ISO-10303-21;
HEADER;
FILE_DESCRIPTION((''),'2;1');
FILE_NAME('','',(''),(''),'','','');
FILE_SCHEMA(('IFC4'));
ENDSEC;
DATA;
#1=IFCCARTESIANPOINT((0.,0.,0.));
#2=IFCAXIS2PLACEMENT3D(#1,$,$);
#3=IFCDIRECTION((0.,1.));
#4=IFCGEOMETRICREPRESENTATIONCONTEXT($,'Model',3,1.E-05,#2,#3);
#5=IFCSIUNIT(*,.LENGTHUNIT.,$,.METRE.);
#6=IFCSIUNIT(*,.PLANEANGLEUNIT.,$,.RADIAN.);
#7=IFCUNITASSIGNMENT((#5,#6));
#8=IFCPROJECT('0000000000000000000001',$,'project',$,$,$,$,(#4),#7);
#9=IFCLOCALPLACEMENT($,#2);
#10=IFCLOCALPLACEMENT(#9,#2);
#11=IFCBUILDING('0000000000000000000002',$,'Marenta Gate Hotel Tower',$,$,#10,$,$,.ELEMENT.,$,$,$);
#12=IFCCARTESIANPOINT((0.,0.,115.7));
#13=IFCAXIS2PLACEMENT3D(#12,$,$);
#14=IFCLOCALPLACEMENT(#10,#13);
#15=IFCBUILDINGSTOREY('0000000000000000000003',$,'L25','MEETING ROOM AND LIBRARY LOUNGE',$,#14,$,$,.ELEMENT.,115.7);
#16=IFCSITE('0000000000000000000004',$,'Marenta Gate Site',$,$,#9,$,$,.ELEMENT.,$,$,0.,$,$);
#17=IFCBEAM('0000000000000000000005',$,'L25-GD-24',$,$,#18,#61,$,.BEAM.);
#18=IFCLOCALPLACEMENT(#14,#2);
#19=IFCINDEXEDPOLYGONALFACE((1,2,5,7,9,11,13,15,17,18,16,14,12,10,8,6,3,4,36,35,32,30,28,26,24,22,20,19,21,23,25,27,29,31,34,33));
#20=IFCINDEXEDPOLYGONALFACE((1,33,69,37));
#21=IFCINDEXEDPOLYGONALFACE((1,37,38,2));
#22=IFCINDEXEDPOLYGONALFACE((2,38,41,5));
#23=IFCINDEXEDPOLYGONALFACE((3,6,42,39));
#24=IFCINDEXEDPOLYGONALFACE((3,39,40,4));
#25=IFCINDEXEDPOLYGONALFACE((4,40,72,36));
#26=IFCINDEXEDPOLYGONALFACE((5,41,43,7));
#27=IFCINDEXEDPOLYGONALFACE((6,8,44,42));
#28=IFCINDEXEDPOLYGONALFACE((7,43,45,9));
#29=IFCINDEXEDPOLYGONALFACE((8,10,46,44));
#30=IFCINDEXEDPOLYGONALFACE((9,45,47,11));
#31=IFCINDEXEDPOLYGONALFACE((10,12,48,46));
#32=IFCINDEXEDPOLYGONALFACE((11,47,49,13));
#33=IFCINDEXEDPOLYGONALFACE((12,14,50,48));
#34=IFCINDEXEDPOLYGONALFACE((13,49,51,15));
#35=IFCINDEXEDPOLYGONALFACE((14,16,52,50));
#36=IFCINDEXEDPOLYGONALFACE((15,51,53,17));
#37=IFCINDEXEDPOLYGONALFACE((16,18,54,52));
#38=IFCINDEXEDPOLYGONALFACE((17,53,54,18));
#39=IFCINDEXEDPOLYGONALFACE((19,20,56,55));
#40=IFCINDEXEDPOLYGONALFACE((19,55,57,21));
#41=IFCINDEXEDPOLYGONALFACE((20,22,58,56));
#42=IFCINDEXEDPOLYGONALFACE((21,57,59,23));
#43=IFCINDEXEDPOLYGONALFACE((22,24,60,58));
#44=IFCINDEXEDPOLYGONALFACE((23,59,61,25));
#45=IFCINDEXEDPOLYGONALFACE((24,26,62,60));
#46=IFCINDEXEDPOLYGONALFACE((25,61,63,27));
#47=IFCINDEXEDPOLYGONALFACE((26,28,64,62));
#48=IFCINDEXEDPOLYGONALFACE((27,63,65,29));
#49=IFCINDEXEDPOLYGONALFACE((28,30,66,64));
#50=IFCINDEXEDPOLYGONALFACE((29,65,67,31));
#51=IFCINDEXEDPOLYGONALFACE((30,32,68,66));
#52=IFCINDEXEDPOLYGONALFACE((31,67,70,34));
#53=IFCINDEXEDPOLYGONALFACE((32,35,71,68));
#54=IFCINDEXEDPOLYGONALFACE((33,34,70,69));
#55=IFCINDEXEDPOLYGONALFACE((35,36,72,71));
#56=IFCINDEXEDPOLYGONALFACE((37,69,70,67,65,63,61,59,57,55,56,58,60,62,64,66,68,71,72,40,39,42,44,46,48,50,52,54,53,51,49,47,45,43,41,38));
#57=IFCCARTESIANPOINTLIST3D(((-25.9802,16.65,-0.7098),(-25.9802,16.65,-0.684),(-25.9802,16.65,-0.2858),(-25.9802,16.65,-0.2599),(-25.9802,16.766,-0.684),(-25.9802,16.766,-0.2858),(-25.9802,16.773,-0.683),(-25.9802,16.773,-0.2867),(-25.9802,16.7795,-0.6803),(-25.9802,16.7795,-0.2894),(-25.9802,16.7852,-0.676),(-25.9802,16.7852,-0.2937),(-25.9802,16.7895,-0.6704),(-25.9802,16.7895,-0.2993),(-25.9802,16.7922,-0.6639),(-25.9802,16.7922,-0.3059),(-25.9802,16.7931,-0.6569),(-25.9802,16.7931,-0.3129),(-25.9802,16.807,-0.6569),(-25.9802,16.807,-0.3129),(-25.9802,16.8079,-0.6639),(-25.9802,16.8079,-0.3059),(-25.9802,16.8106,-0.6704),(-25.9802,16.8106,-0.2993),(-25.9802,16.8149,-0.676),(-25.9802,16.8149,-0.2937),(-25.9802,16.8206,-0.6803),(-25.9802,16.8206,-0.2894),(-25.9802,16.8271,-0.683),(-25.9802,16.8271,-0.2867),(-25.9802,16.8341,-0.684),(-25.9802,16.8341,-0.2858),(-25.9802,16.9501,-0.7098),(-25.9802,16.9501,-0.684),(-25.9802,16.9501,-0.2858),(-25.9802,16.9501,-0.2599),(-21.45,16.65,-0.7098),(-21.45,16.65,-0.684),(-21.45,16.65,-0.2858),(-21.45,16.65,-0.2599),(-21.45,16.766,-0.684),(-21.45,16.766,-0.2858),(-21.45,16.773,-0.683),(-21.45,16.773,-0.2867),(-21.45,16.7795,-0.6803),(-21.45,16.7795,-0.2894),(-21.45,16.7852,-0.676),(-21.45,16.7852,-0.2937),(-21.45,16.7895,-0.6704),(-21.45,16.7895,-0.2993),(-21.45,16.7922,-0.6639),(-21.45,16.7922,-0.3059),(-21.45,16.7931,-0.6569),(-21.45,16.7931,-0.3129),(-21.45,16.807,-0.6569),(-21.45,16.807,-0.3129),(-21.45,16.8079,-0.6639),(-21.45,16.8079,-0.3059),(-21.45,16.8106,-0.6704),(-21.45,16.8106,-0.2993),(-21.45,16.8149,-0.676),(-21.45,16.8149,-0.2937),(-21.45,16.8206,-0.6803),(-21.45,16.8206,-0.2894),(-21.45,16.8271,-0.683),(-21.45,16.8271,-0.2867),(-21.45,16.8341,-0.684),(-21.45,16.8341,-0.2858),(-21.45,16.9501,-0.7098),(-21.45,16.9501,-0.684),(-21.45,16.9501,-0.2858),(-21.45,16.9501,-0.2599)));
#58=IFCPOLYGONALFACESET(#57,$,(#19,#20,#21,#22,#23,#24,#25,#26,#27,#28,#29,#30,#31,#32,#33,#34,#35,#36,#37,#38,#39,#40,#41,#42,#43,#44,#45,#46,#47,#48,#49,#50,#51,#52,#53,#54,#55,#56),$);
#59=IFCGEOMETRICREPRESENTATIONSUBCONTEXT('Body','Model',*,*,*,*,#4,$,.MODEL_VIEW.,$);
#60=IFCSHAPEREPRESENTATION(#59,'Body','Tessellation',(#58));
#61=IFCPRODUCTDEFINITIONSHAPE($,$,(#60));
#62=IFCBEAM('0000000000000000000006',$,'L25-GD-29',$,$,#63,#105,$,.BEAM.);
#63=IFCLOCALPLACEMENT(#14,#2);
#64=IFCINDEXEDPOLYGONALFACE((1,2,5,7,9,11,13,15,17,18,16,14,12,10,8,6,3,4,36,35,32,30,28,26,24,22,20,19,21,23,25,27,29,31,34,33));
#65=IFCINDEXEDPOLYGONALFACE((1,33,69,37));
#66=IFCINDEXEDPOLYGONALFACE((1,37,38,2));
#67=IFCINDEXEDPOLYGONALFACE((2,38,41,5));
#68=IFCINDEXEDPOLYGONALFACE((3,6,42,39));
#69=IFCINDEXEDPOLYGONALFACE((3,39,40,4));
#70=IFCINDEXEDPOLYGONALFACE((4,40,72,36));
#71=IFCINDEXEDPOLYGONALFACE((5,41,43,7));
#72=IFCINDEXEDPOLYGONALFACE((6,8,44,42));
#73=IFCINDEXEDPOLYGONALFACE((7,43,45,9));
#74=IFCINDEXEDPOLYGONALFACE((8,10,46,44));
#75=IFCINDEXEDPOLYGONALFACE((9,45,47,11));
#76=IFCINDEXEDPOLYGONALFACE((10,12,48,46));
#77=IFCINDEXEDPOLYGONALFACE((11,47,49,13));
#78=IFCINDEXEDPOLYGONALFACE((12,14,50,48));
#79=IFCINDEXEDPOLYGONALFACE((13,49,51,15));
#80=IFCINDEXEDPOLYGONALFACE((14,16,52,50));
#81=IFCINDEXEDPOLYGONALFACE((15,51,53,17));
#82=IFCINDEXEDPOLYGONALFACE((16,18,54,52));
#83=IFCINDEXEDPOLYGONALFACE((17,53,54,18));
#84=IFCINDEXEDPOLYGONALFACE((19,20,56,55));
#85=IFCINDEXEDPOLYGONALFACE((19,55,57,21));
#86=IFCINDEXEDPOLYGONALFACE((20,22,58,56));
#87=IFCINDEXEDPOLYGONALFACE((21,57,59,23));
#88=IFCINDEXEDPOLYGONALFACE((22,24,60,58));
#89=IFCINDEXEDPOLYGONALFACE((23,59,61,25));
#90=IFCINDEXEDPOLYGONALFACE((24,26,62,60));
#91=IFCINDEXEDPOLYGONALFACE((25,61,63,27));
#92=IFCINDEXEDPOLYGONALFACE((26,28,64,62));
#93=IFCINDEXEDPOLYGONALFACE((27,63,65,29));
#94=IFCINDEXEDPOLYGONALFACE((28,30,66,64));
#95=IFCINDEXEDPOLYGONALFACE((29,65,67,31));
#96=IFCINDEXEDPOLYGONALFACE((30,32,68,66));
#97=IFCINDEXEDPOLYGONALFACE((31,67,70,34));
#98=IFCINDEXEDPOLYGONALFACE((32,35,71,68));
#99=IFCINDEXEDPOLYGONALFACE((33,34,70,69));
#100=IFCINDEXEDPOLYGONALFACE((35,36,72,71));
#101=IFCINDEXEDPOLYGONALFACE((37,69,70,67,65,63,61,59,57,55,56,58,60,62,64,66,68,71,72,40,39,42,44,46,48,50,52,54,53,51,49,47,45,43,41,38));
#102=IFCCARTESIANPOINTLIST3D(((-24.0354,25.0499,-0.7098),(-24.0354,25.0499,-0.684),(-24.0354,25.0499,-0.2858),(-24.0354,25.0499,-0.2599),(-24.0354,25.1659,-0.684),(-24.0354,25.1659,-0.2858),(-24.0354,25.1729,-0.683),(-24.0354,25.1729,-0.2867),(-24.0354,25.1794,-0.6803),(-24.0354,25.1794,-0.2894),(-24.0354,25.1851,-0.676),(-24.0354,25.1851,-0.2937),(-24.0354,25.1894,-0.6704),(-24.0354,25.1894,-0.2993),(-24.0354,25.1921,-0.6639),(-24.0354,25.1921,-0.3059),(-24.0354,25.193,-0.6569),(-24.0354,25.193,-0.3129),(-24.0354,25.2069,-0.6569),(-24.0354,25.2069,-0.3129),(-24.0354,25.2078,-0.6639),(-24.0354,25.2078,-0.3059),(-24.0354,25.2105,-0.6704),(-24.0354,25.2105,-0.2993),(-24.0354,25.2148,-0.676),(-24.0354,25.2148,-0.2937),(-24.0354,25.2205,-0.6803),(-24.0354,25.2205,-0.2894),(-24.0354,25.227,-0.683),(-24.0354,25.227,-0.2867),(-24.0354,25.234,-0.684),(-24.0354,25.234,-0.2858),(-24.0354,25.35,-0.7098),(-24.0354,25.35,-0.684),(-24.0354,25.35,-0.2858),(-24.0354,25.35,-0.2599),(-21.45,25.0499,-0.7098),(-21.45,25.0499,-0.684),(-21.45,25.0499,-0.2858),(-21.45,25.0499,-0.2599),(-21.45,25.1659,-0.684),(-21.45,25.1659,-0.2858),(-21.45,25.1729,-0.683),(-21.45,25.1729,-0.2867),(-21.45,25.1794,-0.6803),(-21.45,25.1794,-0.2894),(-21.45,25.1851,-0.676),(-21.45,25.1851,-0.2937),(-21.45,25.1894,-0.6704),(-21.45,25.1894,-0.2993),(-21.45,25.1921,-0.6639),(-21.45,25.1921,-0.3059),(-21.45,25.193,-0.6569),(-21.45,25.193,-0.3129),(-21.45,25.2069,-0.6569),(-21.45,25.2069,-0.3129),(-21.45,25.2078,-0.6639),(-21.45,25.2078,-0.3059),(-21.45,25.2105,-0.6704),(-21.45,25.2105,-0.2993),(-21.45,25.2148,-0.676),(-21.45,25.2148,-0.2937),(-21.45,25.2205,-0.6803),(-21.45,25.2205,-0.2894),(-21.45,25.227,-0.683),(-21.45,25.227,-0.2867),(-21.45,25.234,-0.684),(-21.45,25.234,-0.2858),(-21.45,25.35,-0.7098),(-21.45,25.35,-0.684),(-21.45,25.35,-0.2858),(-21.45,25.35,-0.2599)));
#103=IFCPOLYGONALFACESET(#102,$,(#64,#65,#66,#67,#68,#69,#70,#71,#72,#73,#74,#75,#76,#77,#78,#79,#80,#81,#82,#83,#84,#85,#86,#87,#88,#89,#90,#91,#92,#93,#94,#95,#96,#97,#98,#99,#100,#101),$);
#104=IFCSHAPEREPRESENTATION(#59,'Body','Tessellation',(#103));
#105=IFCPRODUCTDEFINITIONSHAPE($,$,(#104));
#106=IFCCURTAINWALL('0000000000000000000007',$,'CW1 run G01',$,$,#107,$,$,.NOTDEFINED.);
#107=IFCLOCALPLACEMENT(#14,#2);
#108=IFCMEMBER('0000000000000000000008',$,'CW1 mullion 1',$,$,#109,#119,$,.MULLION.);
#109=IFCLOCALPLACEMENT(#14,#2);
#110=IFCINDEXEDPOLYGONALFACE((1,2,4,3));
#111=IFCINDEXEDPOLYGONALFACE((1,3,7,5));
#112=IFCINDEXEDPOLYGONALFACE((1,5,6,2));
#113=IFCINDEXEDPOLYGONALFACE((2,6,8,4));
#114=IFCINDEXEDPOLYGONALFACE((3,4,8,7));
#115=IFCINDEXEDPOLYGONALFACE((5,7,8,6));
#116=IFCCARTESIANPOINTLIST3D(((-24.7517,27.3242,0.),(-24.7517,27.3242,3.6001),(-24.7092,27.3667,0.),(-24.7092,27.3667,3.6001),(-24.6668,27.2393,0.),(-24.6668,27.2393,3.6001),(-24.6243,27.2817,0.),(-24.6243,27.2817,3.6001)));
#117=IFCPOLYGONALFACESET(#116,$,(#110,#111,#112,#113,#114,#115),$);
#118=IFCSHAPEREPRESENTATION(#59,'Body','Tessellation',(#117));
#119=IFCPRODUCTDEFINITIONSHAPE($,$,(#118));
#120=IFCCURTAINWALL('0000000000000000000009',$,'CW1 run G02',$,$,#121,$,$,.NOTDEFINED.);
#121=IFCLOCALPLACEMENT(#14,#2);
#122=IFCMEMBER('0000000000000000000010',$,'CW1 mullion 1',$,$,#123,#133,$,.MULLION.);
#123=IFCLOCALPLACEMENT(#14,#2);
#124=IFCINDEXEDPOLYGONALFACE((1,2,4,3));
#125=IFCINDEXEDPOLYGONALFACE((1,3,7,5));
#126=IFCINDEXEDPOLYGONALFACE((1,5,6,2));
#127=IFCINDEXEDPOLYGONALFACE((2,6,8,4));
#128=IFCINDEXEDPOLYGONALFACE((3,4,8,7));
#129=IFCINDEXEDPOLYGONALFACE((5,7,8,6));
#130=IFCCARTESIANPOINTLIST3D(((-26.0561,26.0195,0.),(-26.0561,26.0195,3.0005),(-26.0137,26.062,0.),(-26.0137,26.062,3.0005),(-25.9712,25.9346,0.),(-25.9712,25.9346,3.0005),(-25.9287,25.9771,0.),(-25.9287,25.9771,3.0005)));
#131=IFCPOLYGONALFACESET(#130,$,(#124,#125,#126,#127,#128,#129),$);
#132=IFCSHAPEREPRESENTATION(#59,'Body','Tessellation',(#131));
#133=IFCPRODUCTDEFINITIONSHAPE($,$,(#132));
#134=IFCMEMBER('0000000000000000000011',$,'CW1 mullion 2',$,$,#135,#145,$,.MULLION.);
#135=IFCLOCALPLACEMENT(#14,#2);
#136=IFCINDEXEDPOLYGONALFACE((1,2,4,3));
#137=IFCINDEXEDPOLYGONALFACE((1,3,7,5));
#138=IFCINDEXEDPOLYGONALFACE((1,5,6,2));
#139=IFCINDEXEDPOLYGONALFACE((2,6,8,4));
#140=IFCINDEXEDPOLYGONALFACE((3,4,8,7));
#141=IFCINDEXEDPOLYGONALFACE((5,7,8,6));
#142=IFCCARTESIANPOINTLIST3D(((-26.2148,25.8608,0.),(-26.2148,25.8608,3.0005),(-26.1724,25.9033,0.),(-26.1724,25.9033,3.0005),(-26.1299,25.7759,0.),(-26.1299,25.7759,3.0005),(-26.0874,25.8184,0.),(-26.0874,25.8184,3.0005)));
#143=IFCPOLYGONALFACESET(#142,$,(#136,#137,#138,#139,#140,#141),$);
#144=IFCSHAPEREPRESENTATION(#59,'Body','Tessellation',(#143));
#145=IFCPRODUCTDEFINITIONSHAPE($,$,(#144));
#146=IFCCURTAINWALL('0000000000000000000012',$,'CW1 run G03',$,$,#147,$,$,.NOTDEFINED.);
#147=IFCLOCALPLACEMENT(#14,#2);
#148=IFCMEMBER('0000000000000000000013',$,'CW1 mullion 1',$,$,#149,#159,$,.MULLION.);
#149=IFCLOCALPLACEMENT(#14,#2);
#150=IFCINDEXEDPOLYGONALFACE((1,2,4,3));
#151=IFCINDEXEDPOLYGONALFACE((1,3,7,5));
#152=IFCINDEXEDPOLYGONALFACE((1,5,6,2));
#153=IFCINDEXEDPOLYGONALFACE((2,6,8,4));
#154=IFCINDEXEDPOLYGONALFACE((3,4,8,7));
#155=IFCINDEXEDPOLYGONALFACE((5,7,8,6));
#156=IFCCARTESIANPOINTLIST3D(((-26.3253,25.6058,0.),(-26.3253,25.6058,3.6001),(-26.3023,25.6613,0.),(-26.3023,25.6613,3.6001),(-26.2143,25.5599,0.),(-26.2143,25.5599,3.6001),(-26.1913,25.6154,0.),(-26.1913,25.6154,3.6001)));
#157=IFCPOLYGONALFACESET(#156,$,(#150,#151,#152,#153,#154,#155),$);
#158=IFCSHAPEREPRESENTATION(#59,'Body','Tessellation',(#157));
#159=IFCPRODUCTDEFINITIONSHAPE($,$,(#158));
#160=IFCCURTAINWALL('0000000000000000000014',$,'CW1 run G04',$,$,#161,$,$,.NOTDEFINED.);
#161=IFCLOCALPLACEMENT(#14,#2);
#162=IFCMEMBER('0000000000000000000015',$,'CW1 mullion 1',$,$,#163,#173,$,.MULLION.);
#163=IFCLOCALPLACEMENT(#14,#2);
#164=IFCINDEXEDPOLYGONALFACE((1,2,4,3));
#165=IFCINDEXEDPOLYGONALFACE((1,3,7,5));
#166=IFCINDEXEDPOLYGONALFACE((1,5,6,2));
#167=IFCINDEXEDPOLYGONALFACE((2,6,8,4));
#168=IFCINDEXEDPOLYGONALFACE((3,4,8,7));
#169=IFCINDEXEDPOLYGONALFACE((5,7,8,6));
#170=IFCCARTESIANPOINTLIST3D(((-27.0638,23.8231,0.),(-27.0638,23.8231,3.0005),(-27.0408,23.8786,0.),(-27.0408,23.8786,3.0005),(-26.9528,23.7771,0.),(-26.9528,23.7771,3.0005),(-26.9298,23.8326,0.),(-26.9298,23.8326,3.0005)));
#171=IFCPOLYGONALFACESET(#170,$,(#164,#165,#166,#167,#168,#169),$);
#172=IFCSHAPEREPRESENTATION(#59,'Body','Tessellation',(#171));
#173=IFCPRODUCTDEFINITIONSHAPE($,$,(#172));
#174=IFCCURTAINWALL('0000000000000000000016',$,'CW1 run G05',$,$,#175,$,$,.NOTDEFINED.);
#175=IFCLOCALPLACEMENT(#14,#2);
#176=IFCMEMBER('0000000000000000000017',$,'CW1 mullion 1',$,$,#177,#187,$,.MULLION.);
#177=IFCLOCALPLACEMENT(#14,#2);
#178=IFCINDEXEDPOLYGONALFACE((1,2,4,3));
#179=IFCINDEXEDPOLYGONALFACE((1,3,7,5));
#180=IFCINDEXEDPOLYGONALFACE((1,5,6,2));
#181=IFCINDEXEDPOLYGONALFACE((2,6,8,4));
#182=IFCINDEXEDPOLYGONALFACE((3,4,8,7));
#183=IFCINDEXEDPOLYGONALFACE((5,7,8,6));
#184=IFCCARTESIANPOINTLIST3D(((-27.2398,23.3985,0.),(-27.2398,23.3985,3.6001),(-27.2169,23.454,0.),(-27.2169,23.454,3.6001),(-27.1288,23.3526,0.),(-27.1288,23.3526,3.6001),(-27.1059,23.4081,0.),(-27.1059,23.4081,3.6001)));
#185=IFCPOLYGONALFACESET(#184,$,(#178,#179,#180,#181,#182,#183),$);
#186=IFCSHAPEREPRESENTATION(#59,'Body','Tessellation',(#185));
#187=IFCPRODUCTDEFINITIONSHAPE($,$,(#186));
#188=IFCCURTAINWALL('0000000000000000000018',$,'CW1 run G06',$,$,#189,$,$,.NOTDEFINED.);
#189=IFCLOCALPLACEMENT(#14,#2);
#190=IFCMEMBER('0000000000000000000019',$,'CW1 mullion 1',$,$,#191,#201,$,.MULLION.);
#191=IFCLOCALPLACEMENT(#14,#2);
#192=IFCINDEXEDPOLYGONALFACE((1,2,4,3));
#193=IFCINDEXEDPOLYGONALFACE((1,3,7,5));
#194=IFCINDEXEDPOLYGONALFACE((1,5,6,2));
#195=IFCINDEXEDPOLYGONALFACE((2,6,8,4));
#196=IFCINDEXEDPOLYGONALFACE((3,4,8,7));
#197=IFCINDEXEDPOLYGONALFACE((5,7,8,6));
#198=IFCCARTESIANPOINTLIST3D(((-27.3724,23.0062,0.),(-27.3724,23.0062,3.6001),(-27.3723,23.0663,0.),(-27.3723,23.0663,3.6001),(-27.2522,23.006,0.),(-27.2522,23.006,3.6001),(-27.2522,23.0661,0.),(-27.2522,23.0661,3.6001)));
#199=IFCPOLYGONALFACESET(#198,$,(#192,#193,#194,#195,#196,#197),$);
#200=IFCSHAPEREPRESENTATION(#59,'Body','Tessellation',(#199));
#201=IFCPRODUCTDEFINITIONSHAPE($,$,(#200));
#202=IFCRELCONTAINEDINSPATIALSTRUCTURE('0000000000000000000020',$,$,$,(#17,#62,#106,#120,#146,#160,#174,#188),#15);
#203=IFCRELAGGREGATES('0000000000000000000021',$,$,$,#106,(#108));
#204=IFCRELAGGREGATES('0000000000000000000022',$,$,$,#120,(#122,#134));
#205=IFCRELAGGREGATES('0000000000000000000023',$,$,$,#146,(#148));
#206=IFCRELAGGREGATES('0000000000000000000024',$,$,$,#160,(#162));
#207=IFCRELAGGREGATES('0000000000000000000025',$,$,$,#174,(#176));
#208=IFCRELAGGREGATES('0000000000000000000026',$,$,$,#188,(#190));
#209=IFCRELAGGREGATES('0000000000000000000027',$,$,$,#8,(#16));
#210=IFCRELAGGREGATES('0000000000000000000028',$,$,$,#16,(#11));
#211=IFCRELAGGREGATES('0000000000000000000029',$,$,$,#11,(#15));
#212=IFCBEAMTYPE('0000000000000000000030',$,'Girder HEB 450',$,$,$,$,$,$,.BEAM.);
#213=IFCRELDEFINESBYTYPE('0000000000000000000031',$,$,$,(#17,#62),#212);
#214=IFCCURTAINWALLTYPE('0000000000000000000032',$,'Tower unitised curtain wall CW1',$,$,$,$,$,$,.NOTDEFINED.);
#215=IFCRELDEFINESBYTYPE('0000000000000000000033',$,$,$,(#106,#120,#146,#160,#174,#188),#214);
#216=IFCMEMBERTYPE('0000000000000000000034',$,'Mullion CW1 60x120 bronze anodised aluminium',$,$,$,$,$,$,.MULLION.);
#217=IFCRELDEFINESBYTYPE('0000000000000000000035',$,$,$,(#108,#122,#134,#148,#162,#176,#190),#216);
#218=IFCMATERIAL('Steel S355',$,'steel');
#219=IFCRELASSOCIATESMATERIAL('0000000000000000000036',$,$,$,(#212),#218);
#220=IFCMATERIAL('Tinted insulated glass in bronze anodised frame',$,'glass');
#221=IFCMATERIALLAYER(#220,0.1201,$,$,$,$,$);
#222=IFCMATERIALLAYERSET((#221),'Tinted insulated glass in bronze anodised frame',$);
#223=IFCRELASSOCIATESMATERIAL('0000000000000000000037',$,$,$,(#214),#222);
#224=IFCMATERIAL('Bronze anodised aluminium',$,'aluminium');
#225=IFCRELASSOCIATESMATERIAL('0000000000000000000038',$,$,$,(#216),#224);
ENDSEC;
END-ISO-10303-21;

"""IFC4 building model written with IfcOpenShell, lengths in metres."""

from ifc_helpers import new_model, si_unit, direction, frame, origin, origin_2d, place, context, subcontext, project, spatial, rectangle, i_section, extrude, material, layer, layer_set, material_profile, profile_set, type_object, element, aggregate, save


model = new_model("IFC4")

# Units and contexts
model_context = context("Model", 3, precision=1e-05, world=origin(), true_north=direction((0.0, 1.0)))
body_context = subcontext(model_context, "Body", "Model", "MODEL_VIEW")
ifc_project = project(units=[si_unit("LENGTHUNIT", "METRE"), si_unit("PLANEANGLEUNIT", "RADIAN")], contexts=[model_context])

# Site, building, storey
site_placement = place(None, origin())
site = spatial("IfcSite", under=ifc_project, at=site_placement, Name="Marenta Gate Site", CompositionType="ELEMENT", RefElevation=0.0)
building_placement = place(site_placement, origin())
building = spatial("IfcBuilding", under=site, at=building_placement, Name="Marenta Gate Hotel Tower", CompositionType="ELEMENT")
storey_placement = place(building_placement, frame((0.0, 0.0, 115.7)))
storey = spatial("IfcBuildingStorey", under=building, at=storey_placement, Name="L25", Description="MEETING ROOM AND LIBRARY LOUNGE", CompositionType="ELEMENT", Elevation=115.7)

# Beams
ifc_material_1 = material(Name="Steel S355", Category="steel")
ifc_material_profile_1 = material_profile(ifc_material_1, i_section(OverallWidth=0.3, OverallDepth=0.45, WebThickness=0.0139, FlangeThickness=0.0259, FilletRadius=0.0271, at=origin_2d()), Name="HEB 450")
ifc_profile_set_1 = profile_set([ifc_material_profile_1], Name="Steel S355")
beam_type_1 = type_object("IfcBeamType", Name="Girder HEB 450", PredefinedType="BEAM", material=ifc_profile_set_1)
beam_1_placement = place(storey_placement, frame((-25.9802, 16.8, -0.4849), z_axis=(1.0, 0.0, 0.0), x_axis=(0.0, 1.0, 0.0)))
element("IfcBeam", 1, at=beam_1_placement, inside=storey, type_object=beam_type_1, Name="L25-GD-24", PredefinedType="BEAM", context=body_context, shape_type="SweptSolid", body=[
    extrude(i_section(OverallWidth=0.3, OverallDepth=0.45, WebThickness=0.0139, FlangeThickness=0.0259, FilletRadius=0.0271, at=origin_2d()), origin(), (0.0, 0.0, 1.0), 4.5303),
])
beam_2_placement = place(storey_placement, frame((-24.0354, 25.2, -0.4849), z_axis=(1.0, 0.0, 0.0), x_axis=(0.0, 1.0, 0.0)))
element("IfcBeam", 2, at=beam_2_placement, inside=storey, type_object=beam_type_1, Name="L25-GD-29", PredefinedType="BEAM", context=body_context, shape_type="SweptSolid", body=[
    extrude(i_section(OverallWidth=0.3, OverallDepth=0.45, WebThickness=0.0139, FlangeThickness=0.0259, FilletRadius=0.0271, at=origin_2d()), origin(), (0.0, 0.0, 1.0), 2.5854),
])

# Curtain wall, member
ifc_material_2 = material(Name="Tinted insulated glass in bronze anodised frame", Category="glass")
ifc_layer_1 = layer(ifc_material_2, 0.1201)
ifc_layer_set_1 = layer_set([ifc_layer_1], Name="Tinted insulated glass in bronze anodised frame")
curtain_wall_type = type_object("IfcCurtainWallType", Name="Tower unitised curtain wall CW1", PredefinedType="NOTDEFINED", material=ifc_layer_set_1)
curtain_wall_1_placement = place(storey_placement, origin())
curtain_wall_1 = element("IfcCurtainWall", 3, at=curtain_wall_1_placement, inside=storey, type_object=curtain_wall_type, Name="CW1 run G01", PredefinedType="NOTDEFINED")
ifc_material_3 = material(Name="Bronze anodised aluminium", Category="aluminium")
ifc_material_profile_2 = material_profile(ifc_material_3, rectangle(XDim=0.1201, YDim=0.0601, at=origin_2d()), Name="Mullion CW1 60x120 bronze anodised aluminium")
ifc_profile_set_2 = profile_set([ifc_material_profile_2], Name="Bronze anodised aluminium")
member_type_1 = type_object("IfcMemberType", Name="Mullion CW1 60x120 bronze anodised aluminium", PredefinedType="MULLION", material=ifc_profile_set_2)
member_1_placement = place(storey_placement, frame((-24.688, 27.303, 0.0), z_axis=(0.0, 0.0, 1.0), x_axis=(0.707107, -0.707107, 0.0)))
member_1 = element("IfcMember", 4, at=member_1_placement, type_object=member_type_1, Name="CW1 mullion 1", PredefinedType="MULLION", context=body_context, shape_type="SweptSolid", body=[
    extrude(rectangle(XDim=0.1201, YDim=0.0601, at=origin_2d()), origin(), (0.0, 0.0, 1.0), 3.6001),
])

# Curtain wall, members
curtain_wall_2_placement = place(storey_placement, origin())
curtain_wall_2 = element("IfcCurtainWall", 5, at=curtain_wall_2_placement, inside=storey, type_object=curtain_wall_type, Name="CW1 run G02", PredefinedType="NOTDEFINED")
member_2_placement = place(storey_placement, frame((-25.9924, 25.9983, 0.0), z_axis=(0.0, 0.0, 1.0), x_axis=(0.707107, -0.707107, 0.0)))
member_2 = element("IfcMember", 6, at=member_2_placement, type_object=member_type_1, Name="CW1 mullion 1", PredefinedType="MULLION", context=body_context, shape_type="SweptSolid", body=[
    extrude(rectangle(XDim=0.1201, YDim=0.0601, at=origin_2d()), origin(), (0.0, 0.0, 1.0), 3.0005),
])
member_3_placement = place(storey_placement, frame((-26.1511, 25.8396, 0.0), z_axis=(0.0, 0.0, 1.0), x_axis=(0.707107, -0.707107, 0.0)))
member_3 = element("IfcMember", 7, at=member_3_placement, type_object=member_type_1, Name="CW1 mullion 2", PredefinedType="MULLION", context=body_context, shape_type="SweptSolid", body=[
    extrude(rectangle(XDim=0.1201, YDim=0.0601, at=origin_2d()), origin(), (0.0, 0.0, 1.0), 3.0005),
])

# Curtain walls, members
curtain_wall_3_placement = place(storey_placement, origin())
curtain_wall_3 = element("IfcCurtainWall", 8, at=curtain_wall_3_placement, inside=storey, type_object=curtain_wall_type, Name="CW1 run G03", PredefinedType="NOTDEFINED")
member_4_placement = place(storey_placement, frame((-26.2583, 25.6106, 0.0), z_axis=(0.0, 0.0, 1.0), x_axis=(0.923875, -0.382694, 0.0)))
member_4 = element("IfcMember", 9, at=member_4_placement, type_object=member_type_1, Name="CW1 mullion 1", PredefinedType="MULLION", context=body_context, shape_type="SweptSolid", body=[
    extrude(rectangle(XDim=0.1201, YDim=0.0601, at=origin_2d()), origin(), (0.0, 0.0, 1.0), 3.6001),
])
curtain_wall_4_placement = place(storey_placement, origin())
curtain_wall_4 = element("IfcCurtainWall", 10, at=curtain_wall_4_placement, inside=storey, type_object=curtain_wall_type, Name="CW1 run G04", PredefinedType="NOTDEFINED")
member_5_placement = place(storey_placement, frame((-26.9968, 23.8279, 0.0), z_axis=(0.0, 0.0, 1.0), x_axis=(0.923815, -0.382838, 0.0)))
member_5 = element("IfcMember", 11, at=member_5_placement, type_object=member_type_1, Name="CW1 mullion 1", PredefinedType="MULLION", context=body_context, shape_type="SweptSolid", body=[
    extrude(rectangle(XDim=0.1201, YDim=0.0601, at=origin_2d()), origin(), (0.0, 0.0, 1.0), 3.0005),
])
curtain_wall_5_placement = place(storey_placement, origin())
curtain_wall_5 = element("IfcCurtainWall", 12, at=curtain_wall_5_placement, inside=storey, type_object=curtain_wall_type, Name="CW1 run G05", PredefinedType="NOTDEFINED")
member_6_placement = place(storey_placement, frame((-27.1729, 23.4033, 0.0), z_axis=(0.0, 0.0, 1.0), x_axis=(0.923974, -0.382456, 0.0)))
member_6 = element("IfcMember", 13, at=member_6_placement, type_object=member_type_1, Name="CW1 mullion 1", PredefinedType="MULLION", context=body_context, shape_type="SweptSolid", body=[
    extrude(rectangle(XDim=0.1201, YDim=0.0601, at=origin_2d()), origin(), (0.0, 0.0, 1.0), 3.6001),
])

# Curtain wall, member
curtain_wall_6_placement = place(storey_placement, origin())
curtain_wall_6 = element("IfcCurtainWall", 14, at=curtain_wall_6_placement, inside=storey, type_object=curtain_wall_type, Name="CW1 run G06", PredefinedType="NOTDEFINED")
member_7_placement = place(storey_placement, frame((-27.3123, 23.0361, 0.0), z_axis=(0.0, 0.0, 1.0), x_axis=(0.999999, -0.00157, 0.0)))
member_7 = element("IfcMember", 15, at=member_7_placement, type_object=member_type_1, Name="CW1 mullion 1", PredefinedType="MULLION", context=body_context, shape_type="SweptSolid", body=[
    extrude(rectangle(XDim=0.1201, YDim=0.0601, at=origin_2d()), origin(), (0.0, 0.0, 1.0), 3.6001),
])

aggregate(curtain_wall_1, [member_1])
aggregate(curtain_wall_2, [member_2, member_3])
aggregate(curtain_wall_3, [member_4])
aggregate(curtain_wall_4, [member_5])
aggregate(curtain_wall_5, [member_6])
aggregate(curtain_wall_6, [member_7])

save(model, "model.ifc")
